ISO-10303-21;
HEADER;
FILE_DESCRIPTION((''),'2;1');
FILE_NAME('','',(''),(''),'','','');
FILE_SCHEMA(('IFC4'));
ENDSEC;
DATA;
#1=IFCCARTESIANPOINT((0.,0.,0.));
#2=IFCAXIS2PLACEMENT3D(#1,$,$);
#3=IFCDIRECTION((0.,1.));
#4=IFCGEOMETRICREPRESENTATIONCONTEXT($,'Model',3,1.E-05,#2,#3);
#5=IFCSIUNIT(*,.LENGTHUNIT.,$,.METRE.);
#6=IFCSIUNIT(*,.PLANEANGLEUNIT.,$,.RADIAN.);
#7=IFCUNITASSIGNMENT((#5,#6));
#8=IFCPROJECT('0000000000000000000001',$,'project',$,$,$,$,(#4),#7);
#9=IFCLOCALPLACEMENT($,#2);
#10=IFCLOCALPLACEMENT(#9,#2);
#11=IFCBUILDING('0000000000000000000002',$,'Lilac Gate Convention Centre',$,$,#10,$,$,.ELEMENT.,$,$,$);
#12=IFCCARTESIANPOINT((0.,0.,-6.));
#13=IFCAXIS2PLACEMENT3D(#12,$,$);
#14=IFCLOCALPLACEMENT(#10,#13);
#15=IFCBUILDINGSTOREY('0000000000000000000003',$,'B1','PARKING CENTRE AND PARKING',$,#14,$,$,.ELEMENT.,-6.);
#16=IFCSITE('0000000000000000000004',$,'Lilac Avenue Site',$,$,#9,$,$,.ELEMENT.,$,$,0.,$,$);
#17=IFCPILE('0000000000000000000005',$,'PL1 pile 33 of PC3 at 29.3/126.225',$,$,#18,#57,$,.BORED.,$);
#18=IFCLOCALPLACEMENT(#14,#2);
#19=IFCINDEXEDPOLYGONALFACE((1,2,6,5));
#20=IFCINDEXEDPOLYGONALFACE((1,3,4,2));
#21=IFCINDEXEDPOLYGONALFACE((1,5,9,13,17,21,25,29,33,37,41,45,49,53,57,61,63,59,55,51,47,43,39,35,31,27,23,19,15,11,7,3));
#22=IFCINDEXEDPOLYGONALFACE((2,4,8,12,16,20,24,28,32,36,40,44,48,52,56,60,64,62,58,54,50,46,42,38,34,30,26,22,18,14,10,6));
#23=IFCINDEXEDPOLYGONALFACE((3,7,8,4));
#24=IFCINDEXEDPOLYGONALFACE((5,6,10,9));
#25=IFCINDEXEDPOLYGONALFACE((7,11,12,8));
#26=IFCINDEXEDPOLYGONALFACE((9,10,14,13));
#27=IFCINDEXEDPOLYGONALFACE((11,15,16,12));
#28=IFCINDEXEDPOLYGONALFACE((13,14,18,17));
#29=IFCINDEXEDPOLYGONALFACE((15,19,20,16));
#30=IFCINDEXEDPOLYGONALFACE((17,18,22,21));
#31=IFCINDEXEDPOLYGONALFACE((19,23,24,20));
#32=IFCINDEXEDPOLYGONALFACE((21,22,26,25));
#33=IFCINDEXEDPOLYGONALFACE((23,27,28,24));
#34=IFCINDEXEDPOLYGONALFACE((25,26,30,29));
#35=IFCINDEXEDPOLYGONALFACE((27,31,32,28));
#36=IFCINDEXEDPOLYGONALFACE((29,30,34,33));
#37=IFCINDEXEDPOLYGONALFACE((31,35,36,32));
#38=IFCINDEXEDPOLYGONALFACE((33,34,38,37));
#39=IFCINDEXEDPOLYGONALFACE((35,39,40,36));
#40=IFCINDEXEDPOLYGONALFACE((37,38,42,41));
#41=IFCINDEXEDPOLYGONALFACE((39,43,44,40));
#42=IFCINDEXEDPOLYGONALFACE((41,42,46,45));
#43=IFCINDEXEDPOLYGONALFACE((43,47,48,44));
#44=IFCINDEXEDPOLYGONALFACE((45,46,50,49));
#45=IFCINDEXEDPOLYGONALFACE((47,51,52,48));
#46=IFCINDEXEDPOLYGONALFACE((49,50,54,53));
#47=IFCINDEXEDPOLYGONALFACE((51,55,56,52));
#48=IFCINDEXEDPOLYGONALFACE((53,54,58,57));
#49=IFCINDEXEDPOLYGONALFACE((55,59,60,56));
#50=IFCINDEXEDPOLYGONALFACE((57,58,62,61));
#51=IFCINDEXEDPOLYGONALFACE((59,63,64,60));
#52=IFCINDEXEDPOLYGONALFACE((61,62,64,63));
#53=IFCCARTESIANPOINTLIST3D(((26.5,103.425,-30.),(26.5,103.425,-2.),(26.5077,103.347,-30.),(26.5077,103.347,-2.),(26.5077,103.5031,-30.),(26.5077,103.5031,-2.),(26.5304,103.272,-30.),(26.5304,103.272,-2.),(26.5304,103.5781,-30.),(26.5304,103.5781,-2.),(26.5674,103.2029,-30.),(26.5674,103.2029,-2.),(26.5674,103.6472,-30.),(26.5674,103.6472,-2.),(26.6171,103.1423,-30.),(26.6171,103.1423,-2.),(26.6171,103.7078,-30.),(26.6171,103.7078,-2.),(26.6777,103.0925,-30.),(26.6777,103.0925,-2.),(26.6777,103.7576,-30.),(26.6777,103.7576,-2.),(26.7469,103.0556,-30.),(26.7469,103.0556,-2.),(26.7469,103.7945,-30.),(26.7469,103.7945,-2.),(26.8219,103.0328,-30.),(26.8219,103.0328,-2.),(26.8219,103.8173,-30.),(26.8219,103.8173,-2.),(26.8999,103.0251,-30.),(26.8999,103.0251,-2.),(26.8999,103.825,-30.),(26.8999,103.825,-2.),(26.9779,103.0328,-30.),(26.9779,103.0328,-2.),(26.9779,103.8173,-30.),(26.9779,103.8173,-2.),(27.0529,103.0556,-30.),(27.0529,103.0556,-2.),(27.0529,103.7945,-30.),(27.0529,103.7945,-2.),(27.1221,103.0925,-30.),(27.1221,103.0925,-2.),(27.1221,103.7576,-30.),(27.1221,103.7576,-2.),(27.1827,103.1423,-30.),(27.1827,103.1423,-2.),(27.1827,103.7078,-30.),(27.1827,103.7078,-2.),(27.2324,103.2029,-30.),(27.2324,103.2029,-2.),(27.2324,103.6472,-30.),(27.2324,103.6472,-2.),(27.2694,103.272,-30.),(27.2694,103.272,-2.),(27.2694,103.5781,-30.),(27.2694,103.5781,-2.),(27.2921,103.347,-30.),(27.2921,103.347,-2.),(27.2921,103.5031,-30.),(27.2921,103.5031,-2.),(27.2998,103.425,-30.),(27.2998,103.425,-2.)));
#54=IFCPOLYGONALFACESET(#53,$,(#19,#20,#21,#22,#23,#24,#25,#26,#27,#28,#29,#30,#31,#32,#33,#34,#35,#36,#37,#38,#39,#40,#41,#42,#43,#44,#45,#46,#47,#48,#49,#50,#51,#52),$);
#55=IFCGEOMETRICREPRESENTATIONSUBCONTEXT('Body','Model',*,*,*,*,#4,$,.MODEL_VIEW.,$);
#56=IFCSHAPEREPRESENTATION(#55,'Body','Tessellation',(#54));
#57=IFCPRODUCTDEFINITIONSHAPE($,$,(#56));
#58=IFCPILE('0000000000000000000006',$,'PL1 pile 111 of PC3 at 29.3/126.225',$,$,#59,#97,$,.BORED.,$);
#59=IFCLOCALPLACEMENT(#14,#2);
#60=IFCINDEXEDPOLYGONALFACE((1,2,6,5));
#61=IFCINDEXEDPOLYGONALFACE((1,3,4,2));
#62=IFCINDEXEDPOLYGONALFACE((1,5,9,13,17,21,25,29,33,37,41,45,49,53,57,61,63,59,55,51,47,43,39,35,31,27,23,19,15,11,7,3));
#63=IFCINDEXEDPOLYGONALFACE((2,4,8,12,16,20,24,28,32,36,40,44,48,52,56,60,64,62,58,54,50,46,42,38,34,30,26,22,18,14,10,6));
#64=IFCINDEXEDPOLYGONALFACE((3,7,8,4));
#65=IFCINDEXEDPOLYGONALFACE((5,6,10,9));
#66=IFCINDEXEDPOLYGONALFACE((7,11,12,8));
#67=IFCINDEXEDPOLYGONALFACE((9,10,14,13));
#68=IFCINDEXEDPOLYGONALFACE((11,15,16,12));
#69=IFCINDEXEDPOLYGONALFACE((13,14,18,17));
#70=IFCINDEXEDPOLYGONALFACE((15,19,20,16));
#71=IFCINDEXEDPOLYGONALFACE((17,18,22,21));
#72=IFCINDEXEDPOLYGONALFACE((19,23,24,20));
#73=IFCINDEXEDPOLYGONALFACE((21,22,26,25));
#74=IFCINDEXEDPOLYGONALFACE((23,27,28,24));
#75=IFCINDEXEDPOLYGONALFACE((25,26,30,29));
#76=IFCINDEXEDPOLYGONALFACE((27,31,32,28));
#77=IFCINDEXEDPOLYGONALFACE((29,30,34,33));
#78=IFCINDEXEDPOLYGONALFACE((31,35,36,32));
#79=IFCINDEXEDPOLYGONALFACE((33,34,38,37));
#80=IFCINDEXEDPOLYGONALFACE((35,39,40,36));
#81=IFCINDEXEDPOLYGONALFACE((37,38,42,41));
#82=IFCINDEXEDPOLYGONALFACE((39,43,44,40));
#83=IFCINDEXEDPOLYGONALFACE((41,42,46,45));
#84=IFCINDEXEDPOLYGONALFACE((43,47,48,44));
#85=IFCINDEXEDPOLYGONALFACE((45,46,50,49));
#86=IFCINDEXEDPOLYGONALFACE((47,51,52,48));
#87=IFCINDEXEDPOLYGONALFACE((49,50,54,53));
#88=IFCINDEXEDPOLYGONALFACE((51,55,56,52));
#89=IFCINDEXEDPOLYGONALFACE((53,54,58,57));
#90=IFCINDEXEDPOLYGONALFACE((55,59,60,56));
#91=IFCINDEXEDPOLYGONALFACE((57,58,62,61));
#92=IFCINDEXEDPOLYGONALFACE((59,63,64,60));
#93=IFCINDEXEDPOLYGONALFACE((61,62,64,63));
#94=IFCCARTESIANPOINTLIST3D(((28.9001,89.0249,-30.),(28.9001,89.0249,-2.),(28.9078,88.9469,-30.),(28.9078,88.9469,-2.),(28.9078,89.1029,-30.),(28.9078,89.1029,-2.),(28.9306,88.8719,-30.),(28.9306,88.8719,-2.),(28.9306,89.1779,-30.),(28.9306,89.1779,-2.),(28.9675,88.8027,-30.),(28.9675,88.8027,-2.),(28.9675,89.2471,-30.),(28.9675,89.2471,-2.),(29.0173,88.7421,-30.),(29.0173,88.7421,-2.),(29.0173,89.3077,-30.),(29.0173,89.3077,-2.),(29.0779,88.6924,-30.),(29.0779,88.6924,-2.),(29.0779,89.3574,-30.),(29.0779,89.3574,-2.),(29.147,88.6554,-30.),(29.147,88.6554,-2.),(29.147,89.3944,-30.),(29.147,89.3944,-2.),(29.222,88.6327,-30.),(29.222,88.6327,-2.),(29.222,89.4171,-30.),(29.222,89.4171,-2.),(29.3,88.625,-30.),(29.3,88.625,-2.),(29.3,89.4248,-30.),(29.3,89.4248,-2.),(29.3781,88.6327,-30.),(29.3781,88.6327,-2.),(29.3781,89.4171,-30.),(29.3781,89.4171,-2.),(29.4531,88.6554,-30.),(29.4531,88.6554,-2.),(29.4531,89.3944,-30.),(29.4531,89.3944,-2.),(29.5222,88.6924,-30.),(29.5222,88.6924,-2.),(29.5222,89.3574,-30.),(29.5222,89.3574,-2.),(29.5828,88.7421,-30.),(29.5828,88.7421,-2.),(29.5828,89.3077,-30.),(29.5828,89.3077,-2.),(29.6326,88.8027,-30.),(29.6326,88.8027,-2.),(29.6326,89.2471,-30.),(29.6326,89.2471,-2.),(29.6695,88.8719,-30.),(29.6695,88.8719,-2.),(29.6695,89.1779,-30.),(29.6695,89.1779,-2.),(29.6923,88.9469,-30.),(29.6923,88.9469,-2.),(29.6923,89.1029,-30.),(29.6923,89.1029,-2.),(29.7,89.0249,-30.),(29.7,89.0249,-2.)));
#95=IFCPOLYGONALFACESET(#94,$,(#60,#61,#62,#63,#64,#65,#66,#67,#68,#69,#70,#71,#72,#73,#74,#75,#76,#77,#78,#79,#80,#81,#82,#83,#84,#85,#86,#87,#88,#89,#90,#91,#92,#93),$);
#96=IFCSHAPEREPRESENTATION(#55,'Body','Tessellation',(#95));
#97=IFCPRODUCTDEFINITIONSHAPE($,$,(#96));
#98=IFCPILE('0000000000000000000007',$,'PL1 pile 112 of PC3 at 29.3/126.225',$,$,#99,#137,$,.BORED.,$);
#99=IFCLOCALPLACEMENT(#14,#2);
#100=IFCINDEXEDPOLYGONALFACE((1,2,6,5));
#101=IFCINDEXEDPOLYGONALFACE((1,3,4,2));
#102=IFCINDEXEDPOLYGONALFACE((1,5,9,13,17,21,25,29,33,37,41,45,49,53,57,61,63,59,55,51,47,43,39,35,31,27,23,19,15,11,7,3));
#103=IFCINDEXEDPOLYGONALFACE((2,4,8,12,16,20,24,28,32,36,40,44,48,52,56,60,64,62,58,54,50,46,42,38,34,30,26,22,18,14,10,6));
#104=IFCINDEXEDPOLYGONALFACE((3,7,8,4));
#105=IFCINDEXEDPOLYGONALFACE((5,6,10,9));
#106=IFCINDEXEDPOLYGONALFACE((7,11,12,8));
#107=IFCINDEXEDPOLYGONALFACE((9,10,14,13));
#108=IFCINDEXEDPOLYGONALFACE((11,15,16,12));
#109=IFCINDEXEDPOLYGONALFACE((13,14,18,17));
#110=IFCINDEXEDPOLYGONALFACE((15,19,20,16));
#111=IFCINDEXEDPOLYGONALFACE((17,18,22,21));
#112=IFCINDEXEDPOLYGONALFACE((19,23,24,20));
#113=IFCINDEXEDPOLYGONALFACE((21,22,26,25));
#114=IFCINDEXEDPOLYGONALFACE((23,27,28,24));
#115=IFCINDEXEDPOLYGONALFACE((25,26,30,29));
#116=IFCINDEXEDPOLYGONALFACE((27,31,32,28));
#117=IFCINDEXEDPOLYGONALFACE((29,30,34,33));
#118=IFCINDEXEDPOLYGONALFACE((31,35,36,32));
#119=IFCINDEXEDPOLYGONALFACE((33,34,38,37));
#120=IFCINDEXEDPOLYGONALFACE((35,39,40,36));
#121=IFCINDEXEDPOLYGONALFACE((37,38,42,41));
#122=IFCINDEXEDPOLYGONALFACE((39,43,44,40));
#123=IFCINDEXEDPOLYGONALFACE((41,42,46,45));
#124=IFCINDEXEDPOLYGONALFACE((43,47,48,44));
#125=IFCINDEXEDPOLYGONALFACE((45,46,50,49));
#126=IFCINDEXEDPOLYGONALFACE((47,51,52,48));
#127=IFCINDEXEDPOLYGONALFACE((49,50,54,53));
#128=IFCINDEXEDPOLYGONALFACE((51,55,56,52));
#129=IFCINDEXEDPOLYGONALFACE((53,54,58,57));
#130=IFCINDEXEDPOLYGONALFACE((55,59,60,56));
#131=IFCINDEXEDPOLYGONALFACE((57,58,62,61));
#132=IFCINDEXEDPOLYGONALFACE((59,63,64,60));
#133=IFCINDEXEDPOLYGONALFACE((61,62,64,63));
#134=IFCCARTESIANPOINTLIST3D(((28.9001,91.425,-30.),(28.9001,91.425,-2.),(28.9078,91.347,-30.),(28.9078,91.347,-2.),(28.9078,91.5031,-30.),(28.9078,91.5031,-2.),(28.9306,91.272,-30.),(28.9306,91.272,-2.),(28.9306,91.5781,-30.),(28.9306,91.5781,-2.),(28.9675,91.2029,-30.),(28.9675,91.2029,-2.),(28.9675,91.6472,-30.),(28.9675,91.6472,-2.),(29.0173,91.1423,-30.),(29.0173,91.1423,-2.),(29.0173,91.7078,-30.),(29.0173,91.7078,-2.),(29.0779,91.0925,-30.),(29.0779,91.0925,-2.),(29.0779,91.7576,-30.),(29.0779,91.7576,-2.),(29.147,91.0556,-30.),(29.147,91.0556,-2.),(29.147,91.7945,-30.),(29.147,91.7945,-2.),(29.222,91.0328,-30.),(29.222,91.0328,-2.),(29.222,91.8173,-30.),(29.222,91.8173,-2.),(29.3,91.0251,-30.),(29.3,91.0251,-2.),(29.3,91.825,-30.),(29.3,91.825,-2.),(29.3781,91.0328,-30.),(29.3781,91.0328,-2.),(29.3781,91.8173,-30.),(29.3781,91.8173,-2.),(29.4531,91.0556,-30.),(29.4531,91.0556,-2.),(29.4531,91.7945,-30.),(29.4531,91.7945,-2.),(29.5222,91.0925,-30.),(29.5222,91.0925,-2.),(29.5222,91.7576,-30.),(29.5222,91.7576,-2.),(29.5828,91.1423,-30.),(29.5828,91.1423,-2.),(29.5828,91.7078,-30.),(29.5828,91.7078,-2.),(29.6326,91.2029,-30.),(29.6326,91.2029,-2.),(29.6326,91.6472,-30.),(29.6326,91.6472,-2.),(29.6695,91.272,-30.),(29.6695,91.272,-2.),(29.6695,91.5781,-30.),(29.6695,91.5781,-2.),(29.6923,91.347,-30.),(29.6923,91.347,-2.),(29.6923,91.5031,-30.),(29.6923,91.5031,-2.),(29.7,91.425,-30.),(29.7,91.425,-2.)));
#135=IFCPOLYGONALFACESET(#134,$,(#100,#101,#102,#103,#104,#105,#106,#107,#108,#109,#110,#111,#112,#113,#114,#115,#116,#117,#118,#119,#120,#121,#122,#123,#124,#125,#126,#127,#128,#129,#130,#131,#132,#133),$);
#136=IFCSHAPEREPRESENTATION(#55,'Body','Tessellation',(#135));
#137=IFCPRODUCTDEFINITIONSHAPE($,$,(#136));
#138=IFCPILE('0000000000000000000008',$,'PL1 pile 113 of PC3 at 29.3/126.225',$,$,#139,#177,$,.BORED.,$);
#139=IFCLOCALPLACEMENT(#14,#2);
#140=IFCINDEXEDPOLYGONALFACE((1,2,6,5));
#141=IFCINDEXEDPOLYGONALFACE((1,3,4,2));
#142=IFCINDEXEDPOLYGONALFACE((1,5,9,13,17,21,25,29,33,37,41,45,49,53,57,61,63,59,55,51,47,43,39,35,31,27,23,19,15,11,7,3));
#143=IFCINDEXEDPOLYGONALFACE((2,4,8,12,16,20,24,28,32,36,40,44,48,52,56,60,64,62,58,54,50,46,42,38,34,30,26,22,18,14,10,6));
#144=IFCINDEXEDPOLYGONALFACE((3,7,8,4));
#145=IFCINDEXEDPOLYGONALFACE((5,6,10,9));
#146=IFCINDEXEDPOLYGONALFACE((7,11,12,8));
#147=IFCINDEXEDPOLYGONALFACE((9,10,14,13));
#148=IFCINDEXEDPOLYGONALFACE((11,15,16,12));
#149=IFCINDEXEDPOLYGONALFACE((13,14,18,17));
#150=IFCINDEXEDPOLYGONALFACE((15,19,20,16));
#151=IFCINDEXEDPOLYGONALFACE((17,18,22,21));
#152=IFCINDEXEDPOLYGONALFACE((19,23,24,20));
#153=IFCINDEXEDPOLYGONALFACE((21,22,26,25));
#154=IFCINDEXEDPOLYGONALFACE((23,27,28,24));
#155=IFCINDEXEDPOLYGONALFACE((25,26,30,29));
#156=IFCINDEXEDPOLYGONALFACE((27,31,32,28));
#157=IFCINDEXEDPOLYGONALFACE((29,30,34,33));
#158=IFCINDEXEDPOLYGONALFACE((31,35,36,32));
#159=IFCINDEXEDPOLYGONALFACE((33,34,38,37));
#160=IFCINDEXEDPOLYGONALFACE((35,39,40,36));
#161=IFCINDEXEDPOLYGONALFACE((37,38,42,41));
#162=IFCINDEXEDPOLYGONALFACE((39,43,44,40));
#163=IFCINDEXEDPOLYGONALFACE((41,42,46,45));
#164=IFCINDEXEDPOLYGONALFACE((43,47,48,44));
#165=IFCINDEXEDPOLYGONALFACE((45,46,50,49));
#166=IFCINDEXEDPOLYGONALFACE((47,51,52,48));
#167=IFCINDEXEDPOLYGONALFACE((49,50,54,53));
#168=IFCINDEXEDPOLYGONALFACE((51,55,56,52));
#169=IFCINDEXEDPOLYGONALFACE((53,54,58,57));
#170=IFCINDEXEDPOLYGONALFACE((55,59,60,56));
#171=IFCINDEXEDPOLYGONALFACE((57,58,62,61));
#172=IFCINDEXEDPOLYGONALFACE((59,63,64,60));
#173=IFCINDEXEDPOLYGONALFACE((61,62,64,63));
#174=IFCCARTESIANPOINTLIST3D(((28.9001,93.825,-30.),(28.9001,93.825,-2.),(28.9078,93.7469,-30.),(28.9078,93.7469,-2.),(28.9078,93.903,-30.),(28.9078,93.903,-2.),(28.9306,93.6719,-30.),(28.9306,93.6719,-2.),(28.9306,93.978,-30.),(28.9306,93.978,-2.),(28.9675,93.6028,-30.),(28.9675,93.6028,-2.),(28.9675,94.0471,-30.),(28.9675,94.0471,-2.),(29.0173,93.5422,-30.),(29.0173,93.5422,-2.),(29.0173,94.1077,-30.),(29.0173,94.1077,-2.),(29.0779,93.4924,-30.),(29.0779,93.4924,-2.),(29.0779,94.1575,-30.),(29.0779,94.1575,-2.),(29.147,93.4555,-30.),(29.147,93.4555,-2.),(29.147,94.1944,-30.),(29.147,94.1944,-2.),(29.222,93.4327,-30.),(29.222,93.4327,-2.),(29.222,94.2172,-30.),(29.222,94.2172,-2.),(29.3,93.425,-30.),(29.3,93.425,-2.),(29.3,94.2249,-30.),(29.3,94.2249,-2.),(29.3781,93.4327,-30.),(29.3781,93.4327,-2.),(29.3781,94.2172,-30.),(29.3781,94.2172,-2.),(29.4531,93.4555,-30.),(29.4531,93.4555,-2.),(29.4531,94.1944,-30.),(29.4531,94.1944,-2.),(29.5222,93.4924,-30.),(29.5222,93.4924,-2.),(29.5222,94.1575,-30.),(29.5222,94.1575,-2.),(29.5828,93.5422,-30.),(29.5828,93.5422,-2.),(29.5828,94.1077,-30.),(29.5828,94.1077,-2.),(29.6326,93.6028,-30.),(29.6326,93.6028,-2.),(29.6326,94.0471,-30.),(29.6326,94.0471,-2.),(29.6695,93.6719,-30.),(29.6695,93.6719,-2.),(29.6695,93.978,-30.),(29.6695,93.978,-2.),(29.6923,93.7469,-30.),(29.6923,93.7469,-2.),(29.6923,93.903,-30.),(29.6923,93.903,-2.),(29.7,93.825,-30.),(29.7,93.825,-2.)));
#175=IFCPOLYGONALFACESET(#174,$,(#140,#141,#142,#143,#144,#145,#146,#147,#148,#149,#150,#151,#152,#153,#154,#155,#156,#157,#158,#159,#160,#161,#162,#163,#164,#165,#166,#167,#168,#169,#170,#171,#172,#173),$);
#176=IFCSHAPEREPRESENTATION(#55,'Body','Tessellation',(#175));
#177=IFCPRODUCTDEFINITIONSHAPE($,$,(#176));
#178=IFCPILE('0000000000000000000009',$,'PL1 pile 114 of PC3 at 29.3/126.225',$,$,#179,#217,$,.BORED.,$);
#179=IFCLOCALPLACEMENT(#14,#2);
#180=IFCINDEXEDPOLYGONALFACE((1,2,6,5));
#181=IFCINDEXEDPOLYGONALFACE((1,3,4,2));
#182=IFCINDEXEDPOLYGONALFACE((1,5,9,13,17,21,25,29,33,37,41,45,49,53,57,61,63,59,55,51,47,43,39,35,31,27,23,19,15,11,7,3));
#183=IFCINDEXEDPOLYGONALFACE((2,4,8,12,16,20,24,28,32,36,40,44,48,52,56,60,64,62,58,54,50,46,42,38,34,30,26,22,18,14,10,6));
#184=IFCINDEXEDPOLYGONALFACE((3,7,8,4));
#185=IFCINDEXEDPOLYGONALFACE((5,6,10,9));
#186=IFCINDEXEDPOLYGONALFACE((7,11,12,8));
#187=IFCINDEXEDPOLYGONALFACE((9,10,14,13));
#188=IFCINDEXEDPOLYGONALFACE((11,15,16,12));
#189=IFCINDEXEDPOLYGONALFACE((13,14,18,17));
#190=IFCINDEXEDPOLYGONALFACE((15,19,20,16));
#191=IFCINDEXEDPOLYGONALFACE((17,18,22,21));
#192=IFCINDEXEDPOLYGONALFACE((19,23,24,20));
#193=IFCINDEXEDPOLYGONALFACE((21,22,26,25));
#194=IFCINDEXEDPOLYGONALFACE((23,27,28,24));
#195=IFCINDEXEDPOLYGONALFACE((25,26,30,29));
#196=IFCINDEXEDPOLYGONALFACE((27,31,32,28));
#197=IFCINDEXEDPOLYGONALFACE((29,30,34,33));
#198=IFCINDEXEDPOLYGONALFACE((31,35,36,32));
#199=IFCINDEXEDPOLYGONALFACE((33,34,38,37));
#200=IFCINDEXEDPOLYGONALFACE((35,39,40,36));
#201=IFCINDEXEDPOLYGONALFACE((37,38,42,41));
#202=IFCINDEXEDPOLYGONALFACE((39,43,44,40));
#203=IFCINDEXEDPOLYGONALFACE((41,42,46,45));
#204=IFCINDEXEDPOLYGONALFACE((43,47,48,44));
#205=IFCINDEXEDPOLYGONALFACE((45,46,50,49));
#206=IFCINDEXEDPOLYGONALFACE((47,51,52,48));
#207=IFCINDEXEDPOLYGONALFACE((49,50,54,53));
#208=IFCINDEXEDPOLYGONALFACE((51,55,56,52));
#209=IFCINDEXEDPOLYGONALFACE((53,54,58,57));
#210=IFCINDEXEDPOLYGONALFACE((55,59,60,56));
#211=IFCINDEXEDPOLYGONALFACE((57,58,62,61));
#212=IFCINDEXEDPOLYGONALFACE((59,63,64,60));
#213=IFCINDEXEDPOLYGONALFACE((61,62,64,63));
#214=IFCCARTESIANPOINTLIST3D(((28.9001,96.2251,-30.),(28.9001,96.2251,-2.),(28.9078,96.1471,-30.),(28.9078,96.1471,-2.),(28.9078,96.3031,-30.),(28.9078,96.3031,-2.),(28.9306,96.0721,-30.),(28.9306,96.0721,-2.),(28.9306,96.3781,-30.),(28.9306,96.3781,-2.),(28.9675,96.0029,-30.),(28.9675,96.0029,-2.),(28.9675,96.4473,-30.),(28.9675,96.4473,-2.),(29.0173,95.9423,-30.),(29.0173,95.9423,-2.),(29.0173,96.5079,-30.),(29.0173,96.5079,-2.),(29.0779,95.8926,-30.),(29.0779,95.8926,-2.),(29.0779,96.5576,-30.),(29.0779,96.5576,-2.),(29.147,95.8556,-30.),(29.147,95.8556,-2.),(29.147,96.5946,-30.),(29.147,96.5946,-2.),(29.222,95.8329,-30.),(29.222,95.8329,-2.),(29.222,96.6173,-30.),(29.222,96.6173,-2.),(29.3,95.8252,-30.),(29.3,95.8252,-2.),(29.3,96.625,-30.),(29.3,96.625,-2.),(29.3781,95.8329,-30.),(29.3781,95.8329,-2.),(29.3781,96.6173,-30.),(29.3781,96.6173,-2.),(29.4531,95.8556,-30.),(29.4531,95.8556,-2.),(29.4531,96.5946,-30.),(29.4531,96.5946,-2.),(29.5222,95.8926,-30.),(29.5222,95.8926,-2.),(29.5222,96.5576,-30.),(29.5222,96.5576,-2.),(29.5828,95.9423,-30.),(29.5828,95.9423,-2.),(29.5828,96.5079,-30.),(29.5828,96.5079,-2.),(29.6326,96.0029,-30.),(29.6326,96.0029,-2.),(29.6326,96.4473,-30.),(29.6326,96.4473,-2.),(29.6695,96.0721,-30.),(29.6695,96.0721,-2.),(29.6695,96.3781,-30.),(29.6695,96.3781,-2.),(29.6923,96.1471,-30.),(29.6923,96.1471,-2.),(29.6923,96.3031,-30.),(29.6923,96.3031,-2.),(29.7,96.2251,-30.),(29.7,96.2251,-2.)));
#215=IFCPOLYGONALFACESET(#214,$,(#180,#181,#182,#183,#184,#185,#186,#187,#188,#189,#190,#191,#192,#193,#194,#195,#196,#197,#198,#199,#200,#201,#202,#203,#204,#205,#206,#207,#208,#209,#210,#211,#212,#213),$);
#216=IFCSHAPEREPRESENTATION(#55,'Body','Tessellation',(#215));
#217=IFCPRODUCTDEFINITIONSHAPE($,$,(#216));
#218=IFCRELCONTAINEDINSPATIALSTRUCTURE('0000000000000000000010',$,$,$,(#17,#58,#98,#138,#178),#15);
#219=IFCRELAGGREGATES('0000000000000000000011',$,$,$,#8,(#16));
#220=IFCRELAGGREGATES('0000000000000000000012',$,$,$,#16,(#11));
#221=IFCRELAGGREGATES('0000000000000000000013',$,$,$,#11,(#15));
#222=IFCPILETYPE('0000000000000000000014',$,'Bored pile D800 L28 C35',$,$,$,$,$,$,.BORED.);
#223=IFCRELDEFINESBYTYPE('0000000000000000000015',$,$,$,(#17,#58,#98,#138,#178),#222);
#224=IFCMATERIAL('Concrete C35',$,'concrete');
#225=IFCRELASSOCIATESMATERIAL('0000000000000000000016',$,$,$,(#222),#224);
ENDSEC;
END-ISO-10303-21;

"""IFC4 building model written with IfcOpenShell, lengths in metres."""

from ifc_helpers import new_model, si_unit, direction, frame, origin, origin_2d, place, context, subcontext, project, spatial, circle, extrude, material, material_profile, profile_set, type_object, element, save


model = new_model("IFC4")

# Units and contexts
model_context = context("Model", 3, precision=1e-05, world=origin(), true_north=direction((0.0, 1.0)))
body_context = subcontext(model_context, "Body", "Model", "MODEL_VIEW")
ifc_project = project(units=[si_unit("LENGTHUNIT", "METRE"), si_unit("PLANEANGLEUNIT", "RADIAN")], contexts=[model_context])

# Site, building, storey
site_placement = place(None, origin())
site = spatial("IfcSite", under=ifc_project, at=site_placement, Name="Lilac Avenue Site", CompositionType="ELEMENT", RefElevation=0.0)
building_placement = place(site_placement, origin())
building = spatial("IfcBuilding", under=site, at=building_placement, Name="Lilac Gate Convention Centre", CompositionType="ELEMENT")
storey_placement = place(building_placement, frame((0.0, 0.0, -6.0)))
storey = spatial("IfcBuildingStorey", under=building, at=storey_placement, Name="B1", Description="PARKING CENTRE AND PARKING", CompositionType="ELEMENT", Elevation=-6.0)

# Piles
ifc_material_1 = material(Name="Concrete C35", Category="concrete")
ifc_material_profile_1 = material_profile(ifc_material_1, circle(Radius=0.3999, at=origin_2d()), Name="D800")
ifc_profile_set_1 = profile_set([ifc_material_profile_1], Name="Concrete C35")
pile_type = type_object("IfcPileType", Name="Bored pile D800 L28 C35", PredefinedType="BORED", material=ifc_profile_set_1)
for number, where, z_axis, x_axis, name in (
    (1, (26.8999, 103.425, -2.0), (0.0, 0.0, -1.0), (1.0, 0.0, 0.0), "PL1 pile 33 of PC3 at 29.3/126.225"),
    (2, (29.3, 89.0249, -2.0), (0.0, 0.0, -1.0), (1.0, 0.0, 0.0), "PL1 pile 111 of PC3 at 29.3/126.225"),
    (3, (29.3, 91.425, -2.0), (0.0, 0.0, -1.0), (1.0, 0.0, 0.0), "PL1 pile 112 of PC3 at 29.3/126.225"),
    (4, (29.3, 93.825, -2.0), (0.0, 0.0, -1.0), (1.0, 0.0, 0.0), "PL1 pile 113 of PC3 at 29.3/126.225"),
    (5, (29.3, 96.2251, -2.0), (0.0, 0.0, -1.0), (1.0, 0.0, 0.0), "PL1 pile 114 of PC3 at 29.3/126.225"),
):
    element("IfcPile", number, at=place(storey_placement, frame(where, z_axis=z_axis, x_axis=x_axis)), inside=storey, type_object=pile_type, Name=name, PredefinedType="BORED", context=body_context, shape_type="SweptSolid", body=[
        extrude(circle(Radius=0.3999, at=origin_2d()), origin(), (0.0, 0.0, 1.0), 28.0),
    ])

save(model, "model.ifc")
